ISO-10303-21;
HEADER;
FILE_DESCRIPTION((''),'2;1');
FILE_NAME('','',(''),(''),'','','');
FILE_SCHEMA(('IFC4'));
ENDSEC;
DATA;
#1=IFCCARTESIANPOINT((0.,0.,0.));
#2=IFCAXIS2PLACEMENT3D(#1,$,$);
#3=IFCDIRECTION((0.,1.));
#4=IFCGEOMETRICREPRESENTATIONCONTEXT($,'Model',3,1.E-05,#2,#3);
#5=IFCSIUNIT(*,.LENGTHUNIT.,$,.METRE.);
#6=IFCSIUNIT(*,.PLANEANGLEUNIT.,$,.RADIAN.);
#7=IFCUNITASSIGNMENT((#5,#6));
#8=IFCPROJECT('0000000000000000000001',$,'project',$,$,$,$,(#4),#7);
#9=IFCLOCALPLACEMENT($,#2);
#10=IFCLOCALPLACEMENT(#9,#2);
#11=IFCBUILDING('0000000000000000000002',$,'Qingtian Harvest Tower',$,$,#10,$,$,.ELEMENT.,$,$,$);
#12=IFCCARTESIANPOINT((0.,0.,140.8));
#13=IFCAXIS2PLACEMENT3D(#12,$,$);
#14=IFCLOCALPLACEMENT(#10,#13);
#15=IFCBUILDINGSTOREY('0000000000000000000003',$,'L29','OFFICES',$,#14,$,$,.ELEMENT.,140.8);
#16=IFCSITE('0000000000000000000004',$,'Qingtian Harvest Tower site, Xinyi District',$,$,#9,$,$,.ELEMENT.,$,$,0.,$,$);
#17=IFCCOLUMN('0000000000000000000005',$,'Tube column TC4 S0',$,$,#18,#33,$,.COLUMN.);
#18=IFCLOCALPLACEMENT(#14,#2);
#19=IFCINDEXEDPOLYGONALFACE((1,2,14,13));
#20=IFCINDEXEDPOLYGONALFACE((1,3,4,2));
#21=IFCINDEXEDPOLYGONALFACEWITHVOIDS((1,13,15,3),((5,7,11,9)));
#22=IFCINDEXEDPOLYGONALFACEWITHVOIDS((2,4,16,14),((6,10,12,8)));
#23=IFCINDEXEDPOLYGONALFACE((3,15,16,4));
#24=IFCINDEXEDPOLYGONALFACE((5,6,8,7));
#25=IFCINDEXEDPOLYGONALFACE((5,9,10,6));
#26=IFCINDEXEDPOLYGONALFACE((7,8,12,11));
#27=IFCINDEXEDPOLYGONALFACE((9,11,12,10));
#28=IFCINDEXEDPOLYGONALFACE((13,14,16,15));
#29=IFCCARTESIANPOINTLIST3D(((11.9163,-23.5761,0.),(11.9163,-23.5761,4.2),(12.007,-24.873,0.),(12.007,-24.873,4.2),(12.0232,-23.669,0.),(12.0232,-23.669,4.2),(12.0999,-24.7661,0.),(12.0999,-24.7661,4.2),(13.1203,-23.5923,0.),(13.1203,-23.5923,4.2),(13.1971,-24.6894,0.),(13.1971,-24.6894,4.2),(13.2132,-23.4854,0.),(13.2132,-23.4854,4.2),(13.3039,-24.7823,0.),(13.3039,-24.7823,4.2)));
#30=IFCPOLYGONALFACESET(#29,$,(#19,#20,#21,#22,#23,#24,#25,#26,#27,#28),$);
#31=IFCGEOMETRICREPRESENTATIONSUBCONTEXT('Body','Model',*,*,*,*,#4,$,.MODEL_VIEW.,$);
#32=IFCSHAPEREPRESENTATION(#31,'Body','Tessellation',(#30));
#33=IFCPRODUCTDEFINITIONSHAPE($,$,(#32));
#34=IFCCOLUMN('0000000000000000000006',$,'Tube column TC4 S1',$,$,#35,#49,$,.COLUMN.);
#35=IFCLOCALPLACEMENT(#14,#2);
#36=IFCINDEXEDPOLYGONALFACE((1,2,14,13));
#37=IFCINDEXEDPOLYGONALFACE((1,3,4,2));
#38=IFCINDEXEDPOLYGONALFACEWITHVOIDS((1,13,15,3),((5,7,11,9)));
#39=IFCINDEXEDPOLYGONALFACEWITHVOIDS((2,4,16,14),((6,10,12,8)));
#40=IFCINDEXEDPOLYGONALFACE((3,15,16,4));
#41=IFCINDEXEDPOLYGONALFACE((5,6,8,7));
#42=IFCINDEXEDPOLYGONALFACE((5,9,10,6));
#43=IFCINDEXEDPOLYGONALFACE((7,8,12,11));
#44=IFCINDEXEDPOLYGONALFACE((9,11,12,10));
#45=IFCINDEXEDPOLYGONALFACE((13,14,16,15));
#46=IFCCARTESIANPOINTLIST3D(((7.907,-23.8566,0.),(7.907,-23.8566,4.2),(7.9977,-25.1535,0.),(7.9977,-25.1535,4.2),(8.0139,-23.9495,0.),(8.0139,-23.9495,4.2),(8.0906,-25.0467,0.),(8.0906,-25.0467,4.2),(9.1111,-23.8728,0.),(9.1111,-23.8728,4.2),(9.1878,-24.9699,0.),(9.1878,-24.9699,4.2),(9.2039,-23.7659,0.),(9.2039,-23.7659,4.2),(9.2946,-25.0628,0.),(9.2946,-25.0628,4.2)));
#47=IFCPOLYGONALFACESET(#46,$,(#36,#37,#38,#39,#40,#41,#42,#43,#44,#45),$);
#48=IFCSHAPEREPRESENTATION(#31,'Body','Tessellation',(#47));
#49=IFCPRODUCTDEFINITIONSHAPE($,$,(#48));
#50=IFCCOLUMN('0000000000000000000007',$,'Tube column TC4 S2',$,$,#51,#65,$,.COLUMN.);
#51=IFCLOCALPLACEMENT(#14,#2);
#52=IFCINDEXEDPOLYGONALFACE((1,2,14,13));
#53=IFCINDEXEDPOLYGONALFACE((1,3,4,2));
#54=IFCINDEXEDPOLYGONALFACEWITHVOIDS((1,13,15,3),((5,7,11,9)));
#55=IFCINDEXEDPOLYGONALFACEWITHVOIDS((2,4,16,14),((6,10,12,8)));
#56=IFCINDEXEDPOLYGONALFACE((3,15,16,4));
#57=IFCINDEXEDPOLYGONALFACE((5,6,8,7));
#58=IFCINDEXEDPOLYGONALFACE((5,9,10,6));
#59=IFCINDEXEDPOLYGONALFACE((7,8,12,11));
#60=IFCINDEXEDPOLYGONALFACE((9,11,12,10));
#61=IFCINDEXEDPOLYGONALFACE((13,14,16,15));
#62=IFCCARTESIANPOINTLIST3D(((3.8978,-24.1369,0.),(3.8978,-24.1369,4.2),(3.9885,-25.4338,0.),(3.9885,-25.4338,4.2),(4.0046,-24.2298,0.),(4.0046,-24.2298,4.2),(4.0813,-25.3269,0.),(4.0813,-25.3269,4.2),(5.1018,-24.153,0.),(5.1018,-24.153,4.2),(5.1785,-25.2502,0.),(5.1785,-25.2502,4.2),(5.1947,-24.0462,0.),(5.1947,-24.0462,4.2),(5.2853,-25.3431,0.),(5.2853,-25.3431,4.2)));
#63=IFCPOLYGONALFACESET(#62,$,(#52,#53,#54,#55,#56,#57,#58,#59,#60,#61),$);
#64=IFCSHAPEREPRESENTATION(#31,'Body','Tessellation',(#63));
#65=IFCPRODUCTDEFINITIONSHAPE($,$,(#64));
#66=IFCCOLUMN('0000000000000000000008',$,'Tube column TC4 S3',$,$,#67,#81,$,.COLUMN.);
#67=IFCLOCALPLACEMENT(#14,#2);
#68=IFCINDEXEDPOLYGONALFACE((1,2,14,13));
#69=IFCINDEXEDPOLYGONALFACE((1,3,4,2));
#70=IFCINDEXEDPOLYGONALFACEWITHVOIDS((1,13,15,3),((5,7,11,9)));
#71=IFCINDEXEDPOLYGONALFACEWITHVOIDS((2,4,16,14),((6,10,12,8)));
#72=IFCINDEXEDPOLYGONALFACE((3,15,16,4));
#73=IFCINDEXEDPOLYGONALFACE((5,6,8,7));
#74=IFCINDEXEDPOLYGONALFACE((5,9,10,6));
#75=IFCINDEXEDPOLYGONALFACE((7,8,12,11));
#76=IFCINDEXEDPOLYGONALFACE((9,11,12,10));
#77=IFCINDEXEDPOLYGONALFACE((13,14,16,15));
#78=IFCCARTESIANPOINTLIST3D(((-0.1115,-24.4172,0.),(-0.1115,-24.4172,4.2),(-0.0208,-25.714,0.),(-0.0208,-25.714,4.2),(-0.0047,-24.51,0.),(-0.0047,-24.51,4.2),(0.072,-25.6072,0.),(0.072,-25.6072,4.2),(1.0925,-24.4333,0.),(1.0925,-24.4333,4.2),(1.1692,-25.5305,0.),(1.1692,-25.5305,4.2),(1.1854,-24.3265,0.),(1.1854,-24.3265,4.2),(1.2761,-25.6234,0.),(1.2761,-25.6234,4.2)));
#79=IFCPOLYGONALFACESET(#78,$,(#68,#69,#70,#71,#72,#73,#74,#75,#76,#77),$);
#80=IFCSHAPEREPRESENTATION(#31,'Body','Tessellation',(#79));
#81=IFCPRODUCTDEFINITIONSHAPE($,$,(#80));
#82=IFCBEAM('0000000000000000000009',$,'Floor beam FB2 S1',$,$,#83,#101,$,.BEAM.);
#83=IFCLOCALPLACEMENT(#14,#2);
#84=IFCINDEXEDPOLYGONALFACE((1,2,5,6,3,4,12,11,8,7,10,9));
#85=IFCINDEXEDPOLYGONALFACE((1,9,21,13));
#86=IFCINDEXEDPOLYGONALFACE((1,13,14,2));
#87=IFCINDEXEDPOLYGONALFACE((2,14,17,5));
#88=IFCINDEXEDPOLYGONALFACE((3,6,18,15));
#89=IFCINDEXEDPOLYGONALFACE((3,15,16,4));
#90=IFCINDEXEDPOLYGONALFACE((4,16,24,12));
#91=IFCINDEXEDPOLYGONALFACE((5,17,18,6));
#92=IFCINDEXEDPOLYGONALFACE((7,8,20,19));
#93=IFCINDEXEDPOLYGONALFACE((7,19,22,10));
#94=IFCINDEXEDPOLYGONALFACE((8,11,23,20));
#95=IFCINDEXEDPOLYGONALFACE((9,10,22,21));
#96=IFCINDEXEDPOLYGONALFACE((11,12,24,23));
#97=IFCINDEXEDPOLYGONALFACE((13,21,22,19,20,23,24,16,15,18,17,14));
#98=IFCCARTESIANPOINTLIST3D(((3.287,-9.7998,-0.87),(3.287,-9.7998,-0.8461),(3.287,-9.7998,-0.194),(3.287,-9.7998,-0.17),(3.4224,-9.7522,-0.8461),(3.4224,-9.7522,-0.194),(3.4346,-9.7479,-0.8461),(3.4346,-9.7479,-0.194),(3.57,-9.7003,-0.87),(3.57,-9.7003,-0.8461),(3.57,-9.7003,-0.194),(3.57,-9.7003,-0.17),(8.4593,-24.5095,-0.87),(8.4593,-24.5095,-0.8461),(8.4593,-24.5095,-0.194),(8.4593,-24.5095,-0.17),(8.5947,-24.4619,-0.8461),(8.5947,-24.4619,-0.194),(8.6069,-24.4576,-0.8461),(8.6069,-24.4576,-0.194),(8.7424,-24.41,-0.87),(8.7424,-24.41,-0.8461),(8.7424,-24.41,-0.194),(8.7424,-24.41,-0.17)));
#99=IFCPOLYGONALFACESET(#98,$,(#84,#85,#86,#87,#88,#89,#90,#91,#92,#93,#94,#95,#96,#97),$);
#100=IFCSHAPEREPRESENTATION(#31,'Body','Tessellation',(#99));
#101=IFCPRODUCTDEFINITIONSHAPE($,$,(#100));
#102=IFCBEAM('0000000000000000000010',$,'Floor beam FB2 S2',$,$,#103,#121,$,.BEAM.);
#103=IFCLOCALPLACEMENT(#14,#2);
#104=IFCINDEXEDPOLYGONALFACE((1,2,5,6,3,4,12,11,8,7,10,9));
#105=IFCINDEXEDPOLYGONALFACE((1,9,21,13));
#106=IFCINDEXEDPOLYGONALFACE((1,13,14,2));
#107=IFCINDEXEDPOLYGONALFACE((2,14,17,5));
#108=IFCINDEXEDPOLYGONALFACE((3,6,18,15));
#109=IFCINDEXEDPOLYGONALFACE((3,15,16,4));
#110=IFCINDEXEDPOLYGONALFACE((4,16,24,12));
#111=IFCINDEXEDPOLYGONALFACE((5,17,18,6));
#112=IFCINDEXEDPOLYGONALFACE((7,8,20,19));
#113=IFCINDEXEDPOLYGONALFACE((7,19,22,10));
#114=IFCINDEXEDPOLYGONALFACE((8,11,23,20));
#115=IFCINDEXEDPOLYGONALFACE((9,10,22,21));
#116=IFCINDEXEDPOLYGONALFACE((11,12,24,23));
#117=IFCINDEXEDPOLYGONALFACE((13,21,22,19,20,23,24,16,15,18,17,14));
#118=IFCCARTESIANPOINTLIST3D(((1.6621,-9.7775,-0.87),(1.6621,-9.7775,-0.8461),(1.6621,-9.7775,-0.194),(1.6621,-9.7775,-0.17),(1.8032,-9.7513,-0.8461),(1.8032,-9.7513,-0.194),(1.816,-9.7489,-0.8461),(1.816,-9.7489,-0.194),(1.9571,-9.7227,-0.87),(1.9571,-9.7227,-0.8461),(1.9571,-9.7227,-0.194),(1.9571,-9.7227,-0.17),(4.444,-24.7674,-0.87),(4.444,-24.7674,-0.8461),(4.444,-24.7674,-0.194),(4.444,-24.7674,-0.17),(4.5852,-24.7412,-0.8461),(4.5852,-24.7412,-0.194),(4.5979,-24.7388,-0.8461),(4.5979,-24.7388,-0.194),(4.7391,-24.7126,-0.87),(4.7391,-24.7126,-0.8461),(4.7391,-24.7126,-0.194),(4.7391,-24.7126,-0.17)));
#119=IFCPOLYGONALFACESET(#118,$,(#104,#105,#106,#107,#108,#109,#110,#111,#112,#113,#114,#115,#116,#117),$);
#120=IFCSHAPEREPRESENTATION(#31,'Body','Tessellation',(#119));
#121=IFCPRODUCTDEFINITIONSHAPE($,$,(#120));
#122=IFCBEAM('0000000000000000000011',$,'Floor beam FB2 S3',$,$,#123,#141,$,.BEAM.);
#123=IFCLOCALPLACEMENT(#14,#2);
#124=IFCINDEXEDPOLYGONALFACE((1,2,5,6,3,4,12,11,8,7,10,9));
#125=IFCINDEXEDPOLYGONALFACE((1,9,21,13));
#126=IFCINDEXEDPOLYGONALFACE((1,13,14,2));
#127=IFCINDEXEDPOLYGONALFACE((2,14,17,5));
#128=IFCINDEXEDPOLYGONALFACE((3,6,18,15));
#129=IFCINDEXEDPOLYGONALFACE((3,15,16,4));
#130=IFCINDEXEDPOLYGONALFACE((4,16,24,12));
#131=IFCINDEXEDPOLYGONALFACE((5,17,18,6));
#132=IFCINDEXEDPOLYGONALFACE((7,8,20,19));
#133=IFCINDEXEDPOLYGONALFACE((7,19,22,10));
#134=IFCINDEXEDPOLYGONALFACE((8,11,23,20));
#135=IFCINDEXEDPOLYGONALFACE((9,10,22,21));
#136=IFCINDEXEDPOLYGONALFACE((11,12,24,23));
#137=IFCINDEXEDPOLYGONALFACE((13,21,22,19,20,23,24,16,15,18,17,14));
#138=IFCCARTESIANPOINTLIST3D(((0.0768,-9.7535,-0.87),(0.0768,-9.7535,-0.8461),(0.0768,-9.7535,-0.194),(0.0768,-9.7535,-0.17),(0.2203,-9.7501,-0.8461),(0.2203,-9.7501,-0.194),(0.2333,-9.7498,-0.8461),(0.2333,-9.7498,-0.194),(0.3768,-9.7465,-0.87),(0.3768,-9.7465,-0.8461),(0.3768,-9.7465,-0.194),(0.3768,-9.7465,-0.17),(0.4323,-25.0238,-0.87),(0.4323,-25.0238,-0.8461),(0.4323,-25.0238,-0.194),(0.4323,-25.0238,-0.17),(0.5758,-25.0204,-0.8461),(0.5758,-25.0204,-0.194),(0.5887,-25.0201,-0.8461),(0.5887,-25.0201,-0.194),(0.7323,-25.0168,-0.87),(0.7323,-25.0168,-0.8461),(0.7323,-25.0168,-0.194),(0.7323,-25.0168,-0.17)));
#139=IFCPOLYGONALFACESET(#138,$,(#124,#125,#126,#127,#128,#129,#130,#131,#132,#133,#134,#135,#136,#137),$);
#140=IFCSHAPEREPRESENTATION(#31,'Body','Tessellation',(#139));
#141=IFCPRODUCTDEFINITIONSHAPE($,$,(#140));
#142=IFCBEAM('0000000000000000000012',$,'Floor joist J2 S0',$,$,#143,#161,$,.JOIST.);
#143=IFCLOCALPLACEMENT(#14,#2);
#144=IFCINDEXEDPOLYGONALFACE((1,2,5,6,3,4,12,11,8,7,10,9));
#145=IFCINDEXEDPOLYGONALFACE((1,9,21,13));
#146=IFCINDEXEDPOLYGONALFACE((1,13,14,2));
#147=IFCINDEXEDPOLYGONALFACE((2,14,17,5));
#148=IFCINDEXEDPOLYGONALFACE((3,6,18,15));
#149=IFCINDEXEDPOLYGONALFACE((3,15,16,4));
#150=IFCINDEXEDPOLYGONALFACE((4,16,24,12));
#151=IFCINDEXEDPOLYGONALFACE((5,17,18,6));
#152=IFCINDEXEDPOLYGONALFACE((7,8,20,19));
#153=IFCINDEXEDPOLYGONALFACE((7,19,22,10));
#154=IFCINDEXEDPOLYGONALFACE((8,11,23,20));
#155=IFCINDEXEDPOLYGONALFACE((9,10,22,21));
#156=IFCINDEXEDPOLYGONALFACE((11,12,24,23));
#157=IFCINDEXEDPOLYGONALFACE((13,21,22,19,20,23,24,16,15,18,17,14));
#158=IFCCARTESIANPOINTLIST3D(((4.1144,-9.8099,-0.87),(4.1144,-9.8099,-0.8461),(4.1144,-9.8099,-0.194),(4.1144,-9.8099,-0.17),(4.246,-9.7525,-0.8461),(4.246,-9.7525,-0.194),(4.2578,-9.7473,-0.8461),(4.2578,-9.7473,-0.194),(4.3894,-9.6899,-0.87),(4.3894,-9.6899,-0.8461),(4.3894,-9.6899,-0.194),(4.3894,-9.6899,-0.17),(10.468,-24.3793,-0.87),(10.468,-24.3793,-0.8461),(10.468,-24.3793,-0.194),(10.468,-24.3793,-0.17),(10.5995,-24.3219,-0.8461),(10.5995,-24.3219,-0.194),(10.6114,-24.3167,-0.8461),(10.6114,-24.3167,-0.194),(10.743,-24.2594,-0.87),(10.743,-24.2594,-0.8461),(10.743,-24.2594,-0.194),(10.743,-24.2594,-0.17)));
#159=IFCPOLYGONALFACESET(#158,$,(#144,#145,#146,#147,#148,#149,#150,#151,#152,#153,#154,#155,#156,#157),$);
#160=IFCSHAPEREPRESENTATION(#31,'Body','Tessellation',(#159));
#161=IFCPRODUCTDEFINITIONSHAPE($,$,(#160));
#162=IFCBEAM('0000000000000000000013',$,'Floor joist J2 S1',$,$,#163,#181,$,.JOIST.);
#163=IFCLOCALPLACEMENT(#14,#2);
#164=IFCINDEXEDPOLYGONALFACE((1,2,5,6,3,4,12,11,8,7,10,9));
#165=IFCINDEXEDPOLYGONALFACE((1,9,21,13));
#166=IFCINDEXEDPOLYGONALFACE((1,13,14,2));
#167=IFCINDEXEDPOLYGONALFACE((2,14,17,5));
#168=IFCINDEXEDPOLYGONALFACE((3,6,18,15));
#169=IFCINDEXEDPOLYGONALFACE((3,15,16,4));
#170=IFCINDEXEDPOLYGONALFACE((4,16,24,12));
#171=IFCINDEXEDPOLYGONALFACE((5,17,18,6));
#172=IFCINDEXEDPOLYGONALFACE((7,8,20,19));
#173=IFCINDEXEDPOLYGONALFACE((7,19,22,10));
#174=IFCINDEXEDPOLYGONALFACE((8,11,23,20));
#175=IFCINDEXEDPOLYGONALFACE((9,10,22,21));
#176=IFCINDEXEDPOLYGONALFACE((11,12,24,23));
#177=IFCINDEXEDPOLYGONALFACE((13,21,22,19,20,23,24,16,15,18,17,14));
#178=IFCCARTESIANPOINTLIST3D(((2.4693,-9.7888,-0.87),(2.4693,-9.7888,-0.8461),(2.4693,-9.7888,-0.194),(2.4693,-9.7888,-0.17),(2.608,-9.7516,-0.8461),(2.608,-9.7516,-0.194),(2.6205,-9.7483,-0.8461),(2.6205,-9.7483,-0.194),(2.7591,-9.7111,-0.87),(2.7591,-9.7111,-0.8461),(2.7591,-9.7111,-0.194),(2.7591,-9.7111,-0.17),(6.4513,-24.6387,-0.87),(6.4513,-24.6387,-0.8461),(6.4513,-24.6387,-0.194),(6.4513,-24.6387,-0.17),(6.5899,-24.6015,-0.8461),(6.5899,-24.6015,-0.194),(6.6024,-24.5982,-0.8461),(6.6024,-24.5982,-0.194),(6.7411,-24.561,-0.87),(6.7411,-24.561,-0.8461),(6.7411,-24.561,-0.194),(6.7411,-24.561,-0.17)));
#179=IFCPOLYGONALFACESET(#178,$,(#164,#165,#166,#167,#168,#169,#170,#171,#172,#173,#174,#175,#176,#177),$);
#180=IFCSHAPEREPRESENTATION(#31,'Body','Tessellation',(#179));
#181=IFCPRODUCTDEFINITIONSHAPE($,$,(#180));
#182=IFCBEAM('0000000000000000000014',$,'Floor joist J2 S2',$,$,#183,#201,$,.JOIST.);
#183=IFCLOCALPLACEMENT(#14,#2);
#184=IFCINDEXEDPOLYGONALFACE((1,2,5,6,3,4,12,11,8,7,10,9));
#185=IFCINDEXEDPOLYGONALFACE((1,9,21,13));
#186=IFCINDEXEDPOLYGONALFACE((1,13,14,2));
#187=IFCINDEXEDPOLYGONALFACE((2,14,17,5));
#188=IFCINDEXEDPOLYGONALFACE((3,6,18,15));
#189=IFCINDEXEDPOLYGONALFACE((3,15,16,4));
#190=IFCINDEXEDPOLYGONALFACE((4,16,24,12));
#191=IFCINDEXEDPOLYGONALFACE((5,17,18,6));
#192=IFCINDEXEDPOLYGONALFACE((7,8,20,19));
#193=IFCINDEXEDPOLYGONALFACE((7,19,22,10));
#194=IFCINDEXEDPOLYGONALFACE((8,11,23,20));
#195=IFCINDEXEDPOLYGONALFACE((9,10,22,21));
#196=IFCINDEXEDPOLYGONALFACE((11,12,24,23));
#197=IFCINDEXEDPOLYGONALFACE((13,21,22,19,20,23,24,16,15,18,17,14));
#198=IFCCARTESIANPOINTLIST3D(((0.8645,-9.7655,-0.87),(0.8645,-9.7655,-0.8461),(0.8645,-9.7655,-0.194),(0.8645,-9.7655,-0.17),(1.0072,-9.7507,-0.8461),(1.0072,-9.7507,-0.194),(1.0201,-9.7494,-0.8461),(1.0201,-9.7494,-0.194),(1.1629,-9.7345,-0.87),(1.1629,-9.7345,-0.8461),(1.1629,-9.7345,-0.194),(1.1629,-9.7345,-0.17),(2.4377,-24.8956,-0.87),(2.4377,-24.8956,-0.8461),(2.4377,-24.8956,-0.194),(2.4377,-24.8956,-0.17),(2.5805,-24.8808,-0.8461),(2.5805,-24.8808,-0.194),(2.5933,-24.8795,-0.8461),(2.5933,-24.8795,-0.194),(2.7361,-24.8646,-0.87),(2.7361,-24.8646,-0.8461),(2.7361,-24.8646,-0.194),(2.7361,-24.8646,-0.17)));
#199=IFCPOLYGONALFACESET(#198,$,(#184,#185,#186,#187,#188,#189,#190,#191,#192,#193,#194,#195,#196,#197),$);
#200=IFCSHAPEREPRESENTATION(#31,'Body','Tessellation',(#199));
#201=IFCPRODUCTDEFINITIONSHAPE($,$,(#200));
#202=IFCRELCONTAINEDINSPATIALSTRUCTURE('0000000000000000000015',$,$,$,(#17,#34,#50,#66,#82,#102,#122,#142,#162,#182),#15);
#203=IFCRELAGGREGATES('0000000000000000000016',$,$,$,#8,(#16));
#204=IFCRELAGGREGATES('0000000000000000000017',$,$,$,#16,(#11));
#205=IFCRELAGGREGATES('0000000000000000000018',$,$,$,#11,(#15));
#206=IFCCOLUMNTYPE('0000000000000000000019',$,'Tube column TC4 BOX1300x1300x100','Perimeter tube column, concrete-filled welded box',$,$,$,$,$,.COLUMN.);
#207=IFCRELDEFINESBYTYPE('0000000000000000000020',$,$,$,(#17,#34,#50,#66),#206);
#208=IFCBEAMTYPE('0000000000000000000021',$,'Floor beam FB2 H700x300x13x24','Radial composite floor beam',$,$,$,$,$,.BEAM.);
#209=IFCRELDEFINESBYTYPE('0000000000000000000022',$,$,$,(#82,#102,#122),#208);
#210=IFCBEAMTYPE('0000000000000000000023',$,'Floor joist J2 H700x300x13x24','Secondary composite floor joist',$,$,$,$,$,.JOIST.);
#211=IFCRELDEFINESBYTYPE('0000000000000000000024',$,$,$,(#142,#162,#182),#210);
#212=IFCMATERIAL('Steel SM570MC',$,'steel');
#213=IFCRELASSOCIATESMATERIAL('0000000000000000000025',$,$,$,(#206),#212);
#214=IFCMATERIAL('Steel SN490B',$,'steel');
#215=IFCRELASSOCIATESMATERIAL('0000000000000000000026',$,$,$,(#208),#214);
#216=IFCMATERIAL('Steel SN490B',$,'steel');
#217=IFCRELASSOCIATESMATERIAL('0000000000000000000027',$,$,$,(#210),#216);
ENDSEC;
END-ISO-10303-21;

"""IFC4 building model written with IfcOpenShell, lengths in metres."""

from ifc_helpers import new_model, si_unit, direction, frame, origin, origin_2d, place, context, subcontext, project, spatial, hollow_rectangle, i_section, extrude, material, material_profile, profile_set, type_object, element, save


model = new_model("IFC4")

# Units and contexts
model_context = context("Model", 3, precision=1e-05, world=origin(), true_north=direction((0.0, 1.0)))
body_context = subcontext(model_context, "Body", "Model", "MODEL_VIEW")
ifc_project = project(units=[si_unit("LENGTHUNIT", "METRE"), si_unit("PLANEANGLEUNIT", "RADIAN")], contexts=[model_context])

# Site, building, storey
site_placement = place(None, origin())
site = spatial("IfcSite", under=ifc_project, at=site_placement, Name="Qingtian Harvest Tower site, Xinyi District", CompositionType="ELEMENT", RefElevation=0.0)
building_placement = place(site_placement, origin())
building = spatial("IfcBuilding", under=site, at=building_placement, Name="Qingtian Harvest Tower", CompositionType="ELEMENT")
storey_placement = place(building_placement, frame((0.0, 0.0, 140.8)))
storey = spatial("IfcBuildingStorey", under=building, at=storey_placement, Name="L29", Description="OFFICES", CompositionType="ELEMENT", Elevation=140.8)

# Columns
ifc_material_1 = material(Name="Steel SM570MC", Category="steel")
ifc_material_profile_1 = material_profile(ifc_material_1, hollow_rectangle(XDim=1.3, YDim=1.3, WallThickness=0.1001, at=origin_2d()), Name="BOX1300x1300x100")
ifc_profile_set_1 = profile_set([ifc_material_profile_1], Name="Steel SM570MC")
column_type = type_object("IfcColumnType", Name="Tube column TC4 BOX1300x1300x100", Description="Perimeter tube column, concrete-filled welded box", PredefinedType="COLUMN", material=ifc_profile_set_1)
for number, where, z_axis, x_axis, name in (
    (1, (12.6101, -24.1792, 0.0), (0.0, 0.0, 1.0), (0.997564, 0.069756, 0.0), "Tube column TC4 S0"),
    (2, (8.6008, -24.4597, 0.0), (0.0, 0.0, 1.0), (0.997564, 0.069756, 0.0), "Tube column TC4 S1"),
    (3, (4.5916, -24.74, 0.0), (0.0, 0.0, 1.0), (0.997564, 0.069756, 0.0), "Tube column TC4 S2"),
    (4, (0.5823, -25.0203, 0.0), (0.0, 0.0, 1.0), (0.997564, 0.069756, 0.0), "Tube column TC4 S3"),
):
    element("IfcColumn", number, at=place(storey_placement, frame(where, z_axis=z_axis, x_axis=x_axis)), inside=storey, type_object=column_type, Name=name, PredefinedType="COLUMN", context=body_context, shape_type="SweptSolid", body=[
        extrude(hollow_rectangle(XDim=1.3, YDim=1.3, WallThickness=0.1001, at=origin_2d()), origin(), (0.0, 0.0, 1.0), 4.2),
    ])

# Beams
ifc_material_2 = material(Name="Steel SN490B", Category="steel")
ifc_material_profile_2 = material_profile(ifc_material_2, i_section(OverallWidth=0.3, OverallDepth=0.7, WebThickness=0.0129, FlangeThickness=0.0239, at=origin_2d()), Name="H700x300x13x24")
ifc_profile_set_2 = profile_set([ifc_material_profile_2], Name="Steel SN490B")
beam_type_1 = type_object("IfcBeamType", Name="Floor beam FB2 H700x300x13x24", Description="Radial composite floor beam", PredefinedType="BEAM", material=ifc_profile_set_2)
beam_1_placement = place(storey_placement, frame((8.6008, -24.4597, -0.52), z_axis=(-0.331719, 0.943378, 0.0), x_axis=(-0.943378, -0.331719, 0.0)))
element("IfcBeam", 5, at=beam_1_placement, inside=storey, type_object=beam_type_1, Name="Floor beam FB2 S1", PredefinedType="BEAM", context=body_context, shape_type="SweptSolid", body=[
    extrude(i_section(OverallWidth=0.3, OverallDepth=0.7, WebThickness=0.0129, FlangeThickness=0.0239, at=origin_2d()), origin(), (0.0, 0.0, 1.0), 15.5925),
])
beam_2_placement = place(storey_placement, frame((4.5916, -24.74, -0.52), z_axis=(-0.182473, 0.983211, 0.0), x_axis=(-0.983211, -0.182473, 0.0)))
element("IfcBeam", 6, at=beam_2_placement, inside=storey, type_object=beam_type_1, Name="Floor beam FB2 S2", PredefinedType="BEAM", context=body_context, shape_type="SweptSolid", body=[
    extrude(i_section(OverallWidth=0.3, OverallDepth=0.7, WebThickness=0.0129, FlangeThickness=0.0239, at=origin_2d()), origin(), (0.0, 0.0, 1.0), 15.2458),
])
beam_3_placement = place(storey_placement, frame((0.5823, -25.0203, -0.52), z_axis=(-0.023272, 0.999729, 0.0), x_axis=(-0.999729, -0.023272, 0.0)))
element("IfcBeam", 7, at=beam_3_placement, inside=storey, type_object=beam_type_1, Name="Floor beam FB2 S3", PredefinedType="BEAM", context=body_context, shape_type="SweptSolid", body=[
    extrude(i_section(OverallWidth=0.3, OverallDepth=0.7, WebThickness=0.0129, FlangeThickness=0.0239, at=origin_2d()), origin(), (0.0, 0.0, 1.0), 15.2744),
])
ifc_material_3 = material(Name="Steel SN490B", Category="steel")
ifc_material_profile_3 = material_profile(ifc_material_3, i_section(OverallWidth=0.3, OverallDepth=0.7, WebThickness=0.0129, FlangeThickness=0.0239, at=origin_2d()), Name="H700x300x13x24")
ifc_profile_set_3 = profile_set([ifc_material_profile_3], Name="Steel SN490B")
beam_type_2 = type_object("IfcBeamType", Name="Floor joist J2 H700x300x13x24", Description="Secondary composite floor joist", PredefinedType="JOIST", material=ifc_profile_set_3)
beam_4_placement = place(storey_placement, frame((10.6055, -24.3193, -0.52), z_axis=(-0.399732, 0.916632, 0.0), x_axis=(-0.916632, -0.399732, 0.0)))
element("IfcBeam", 8, at=beam_4_placement, inside=storey, type_object=beam_type_2, Name="Floor joist J2 S0", PredefinedType="JOIST", context=body_context, shape_type="SweptSolid", body=[
    extrude(i_section(OverallWidth=0.3, OverallDepth=0.7, WebThickness=0.0129, FlangeThickness=0.0239, at=origin_2d()), origin(), (0.0, 0.0, 1.0), 15.8945),
])
beam_5_placement = place(storey_placement, frame((6.5962, -24.5999, -0.52), z_axis=(-0.258997, 0.965878, 0.0), x_axis=(-0.965878, -0.258997, 0.0)))
element("IfcBeam", 9, at=beam_5_placement, inside=storey, type_object=beam_type_2, Name="Floor joist J2 S1", PredefinedType="JOIST", context=body_context, shape_type="SweptSolid", body=[
    extrude(i_section(OverallWidth=0.3, OverallDepth=0.7, WebThickness=0.0129, FlangeThickness=0.0239, at=origin_2d()), origin(), (0.0, 0.0, 1.0), 15.3745),
])
beam_6_placement = place(storey_placement, frame((2.5869, -24.8801, -0.52), z_axis=(-0.103423, 0.994637, 0.0), x_axis=(-0.994637, -0.103423, 0.0)))
element("IfcBeam", 10, at=beam_6_placement, inside=storey, type_object=beam_type_2, Name="Floor joist J2 S2", PredefinedType="JOIST", context=body_context, shape_type="SweptSolid", body=[
    extrude(i_section(OverallWidth=0.3, OverallDepth=0.7, WebThickness=0.0129, FlangeThickness=0.0239, at=origin_2d()), origin(), (0.0, 0.0, 1.0), 15.2117),
])

save(model, "model.ifc")
